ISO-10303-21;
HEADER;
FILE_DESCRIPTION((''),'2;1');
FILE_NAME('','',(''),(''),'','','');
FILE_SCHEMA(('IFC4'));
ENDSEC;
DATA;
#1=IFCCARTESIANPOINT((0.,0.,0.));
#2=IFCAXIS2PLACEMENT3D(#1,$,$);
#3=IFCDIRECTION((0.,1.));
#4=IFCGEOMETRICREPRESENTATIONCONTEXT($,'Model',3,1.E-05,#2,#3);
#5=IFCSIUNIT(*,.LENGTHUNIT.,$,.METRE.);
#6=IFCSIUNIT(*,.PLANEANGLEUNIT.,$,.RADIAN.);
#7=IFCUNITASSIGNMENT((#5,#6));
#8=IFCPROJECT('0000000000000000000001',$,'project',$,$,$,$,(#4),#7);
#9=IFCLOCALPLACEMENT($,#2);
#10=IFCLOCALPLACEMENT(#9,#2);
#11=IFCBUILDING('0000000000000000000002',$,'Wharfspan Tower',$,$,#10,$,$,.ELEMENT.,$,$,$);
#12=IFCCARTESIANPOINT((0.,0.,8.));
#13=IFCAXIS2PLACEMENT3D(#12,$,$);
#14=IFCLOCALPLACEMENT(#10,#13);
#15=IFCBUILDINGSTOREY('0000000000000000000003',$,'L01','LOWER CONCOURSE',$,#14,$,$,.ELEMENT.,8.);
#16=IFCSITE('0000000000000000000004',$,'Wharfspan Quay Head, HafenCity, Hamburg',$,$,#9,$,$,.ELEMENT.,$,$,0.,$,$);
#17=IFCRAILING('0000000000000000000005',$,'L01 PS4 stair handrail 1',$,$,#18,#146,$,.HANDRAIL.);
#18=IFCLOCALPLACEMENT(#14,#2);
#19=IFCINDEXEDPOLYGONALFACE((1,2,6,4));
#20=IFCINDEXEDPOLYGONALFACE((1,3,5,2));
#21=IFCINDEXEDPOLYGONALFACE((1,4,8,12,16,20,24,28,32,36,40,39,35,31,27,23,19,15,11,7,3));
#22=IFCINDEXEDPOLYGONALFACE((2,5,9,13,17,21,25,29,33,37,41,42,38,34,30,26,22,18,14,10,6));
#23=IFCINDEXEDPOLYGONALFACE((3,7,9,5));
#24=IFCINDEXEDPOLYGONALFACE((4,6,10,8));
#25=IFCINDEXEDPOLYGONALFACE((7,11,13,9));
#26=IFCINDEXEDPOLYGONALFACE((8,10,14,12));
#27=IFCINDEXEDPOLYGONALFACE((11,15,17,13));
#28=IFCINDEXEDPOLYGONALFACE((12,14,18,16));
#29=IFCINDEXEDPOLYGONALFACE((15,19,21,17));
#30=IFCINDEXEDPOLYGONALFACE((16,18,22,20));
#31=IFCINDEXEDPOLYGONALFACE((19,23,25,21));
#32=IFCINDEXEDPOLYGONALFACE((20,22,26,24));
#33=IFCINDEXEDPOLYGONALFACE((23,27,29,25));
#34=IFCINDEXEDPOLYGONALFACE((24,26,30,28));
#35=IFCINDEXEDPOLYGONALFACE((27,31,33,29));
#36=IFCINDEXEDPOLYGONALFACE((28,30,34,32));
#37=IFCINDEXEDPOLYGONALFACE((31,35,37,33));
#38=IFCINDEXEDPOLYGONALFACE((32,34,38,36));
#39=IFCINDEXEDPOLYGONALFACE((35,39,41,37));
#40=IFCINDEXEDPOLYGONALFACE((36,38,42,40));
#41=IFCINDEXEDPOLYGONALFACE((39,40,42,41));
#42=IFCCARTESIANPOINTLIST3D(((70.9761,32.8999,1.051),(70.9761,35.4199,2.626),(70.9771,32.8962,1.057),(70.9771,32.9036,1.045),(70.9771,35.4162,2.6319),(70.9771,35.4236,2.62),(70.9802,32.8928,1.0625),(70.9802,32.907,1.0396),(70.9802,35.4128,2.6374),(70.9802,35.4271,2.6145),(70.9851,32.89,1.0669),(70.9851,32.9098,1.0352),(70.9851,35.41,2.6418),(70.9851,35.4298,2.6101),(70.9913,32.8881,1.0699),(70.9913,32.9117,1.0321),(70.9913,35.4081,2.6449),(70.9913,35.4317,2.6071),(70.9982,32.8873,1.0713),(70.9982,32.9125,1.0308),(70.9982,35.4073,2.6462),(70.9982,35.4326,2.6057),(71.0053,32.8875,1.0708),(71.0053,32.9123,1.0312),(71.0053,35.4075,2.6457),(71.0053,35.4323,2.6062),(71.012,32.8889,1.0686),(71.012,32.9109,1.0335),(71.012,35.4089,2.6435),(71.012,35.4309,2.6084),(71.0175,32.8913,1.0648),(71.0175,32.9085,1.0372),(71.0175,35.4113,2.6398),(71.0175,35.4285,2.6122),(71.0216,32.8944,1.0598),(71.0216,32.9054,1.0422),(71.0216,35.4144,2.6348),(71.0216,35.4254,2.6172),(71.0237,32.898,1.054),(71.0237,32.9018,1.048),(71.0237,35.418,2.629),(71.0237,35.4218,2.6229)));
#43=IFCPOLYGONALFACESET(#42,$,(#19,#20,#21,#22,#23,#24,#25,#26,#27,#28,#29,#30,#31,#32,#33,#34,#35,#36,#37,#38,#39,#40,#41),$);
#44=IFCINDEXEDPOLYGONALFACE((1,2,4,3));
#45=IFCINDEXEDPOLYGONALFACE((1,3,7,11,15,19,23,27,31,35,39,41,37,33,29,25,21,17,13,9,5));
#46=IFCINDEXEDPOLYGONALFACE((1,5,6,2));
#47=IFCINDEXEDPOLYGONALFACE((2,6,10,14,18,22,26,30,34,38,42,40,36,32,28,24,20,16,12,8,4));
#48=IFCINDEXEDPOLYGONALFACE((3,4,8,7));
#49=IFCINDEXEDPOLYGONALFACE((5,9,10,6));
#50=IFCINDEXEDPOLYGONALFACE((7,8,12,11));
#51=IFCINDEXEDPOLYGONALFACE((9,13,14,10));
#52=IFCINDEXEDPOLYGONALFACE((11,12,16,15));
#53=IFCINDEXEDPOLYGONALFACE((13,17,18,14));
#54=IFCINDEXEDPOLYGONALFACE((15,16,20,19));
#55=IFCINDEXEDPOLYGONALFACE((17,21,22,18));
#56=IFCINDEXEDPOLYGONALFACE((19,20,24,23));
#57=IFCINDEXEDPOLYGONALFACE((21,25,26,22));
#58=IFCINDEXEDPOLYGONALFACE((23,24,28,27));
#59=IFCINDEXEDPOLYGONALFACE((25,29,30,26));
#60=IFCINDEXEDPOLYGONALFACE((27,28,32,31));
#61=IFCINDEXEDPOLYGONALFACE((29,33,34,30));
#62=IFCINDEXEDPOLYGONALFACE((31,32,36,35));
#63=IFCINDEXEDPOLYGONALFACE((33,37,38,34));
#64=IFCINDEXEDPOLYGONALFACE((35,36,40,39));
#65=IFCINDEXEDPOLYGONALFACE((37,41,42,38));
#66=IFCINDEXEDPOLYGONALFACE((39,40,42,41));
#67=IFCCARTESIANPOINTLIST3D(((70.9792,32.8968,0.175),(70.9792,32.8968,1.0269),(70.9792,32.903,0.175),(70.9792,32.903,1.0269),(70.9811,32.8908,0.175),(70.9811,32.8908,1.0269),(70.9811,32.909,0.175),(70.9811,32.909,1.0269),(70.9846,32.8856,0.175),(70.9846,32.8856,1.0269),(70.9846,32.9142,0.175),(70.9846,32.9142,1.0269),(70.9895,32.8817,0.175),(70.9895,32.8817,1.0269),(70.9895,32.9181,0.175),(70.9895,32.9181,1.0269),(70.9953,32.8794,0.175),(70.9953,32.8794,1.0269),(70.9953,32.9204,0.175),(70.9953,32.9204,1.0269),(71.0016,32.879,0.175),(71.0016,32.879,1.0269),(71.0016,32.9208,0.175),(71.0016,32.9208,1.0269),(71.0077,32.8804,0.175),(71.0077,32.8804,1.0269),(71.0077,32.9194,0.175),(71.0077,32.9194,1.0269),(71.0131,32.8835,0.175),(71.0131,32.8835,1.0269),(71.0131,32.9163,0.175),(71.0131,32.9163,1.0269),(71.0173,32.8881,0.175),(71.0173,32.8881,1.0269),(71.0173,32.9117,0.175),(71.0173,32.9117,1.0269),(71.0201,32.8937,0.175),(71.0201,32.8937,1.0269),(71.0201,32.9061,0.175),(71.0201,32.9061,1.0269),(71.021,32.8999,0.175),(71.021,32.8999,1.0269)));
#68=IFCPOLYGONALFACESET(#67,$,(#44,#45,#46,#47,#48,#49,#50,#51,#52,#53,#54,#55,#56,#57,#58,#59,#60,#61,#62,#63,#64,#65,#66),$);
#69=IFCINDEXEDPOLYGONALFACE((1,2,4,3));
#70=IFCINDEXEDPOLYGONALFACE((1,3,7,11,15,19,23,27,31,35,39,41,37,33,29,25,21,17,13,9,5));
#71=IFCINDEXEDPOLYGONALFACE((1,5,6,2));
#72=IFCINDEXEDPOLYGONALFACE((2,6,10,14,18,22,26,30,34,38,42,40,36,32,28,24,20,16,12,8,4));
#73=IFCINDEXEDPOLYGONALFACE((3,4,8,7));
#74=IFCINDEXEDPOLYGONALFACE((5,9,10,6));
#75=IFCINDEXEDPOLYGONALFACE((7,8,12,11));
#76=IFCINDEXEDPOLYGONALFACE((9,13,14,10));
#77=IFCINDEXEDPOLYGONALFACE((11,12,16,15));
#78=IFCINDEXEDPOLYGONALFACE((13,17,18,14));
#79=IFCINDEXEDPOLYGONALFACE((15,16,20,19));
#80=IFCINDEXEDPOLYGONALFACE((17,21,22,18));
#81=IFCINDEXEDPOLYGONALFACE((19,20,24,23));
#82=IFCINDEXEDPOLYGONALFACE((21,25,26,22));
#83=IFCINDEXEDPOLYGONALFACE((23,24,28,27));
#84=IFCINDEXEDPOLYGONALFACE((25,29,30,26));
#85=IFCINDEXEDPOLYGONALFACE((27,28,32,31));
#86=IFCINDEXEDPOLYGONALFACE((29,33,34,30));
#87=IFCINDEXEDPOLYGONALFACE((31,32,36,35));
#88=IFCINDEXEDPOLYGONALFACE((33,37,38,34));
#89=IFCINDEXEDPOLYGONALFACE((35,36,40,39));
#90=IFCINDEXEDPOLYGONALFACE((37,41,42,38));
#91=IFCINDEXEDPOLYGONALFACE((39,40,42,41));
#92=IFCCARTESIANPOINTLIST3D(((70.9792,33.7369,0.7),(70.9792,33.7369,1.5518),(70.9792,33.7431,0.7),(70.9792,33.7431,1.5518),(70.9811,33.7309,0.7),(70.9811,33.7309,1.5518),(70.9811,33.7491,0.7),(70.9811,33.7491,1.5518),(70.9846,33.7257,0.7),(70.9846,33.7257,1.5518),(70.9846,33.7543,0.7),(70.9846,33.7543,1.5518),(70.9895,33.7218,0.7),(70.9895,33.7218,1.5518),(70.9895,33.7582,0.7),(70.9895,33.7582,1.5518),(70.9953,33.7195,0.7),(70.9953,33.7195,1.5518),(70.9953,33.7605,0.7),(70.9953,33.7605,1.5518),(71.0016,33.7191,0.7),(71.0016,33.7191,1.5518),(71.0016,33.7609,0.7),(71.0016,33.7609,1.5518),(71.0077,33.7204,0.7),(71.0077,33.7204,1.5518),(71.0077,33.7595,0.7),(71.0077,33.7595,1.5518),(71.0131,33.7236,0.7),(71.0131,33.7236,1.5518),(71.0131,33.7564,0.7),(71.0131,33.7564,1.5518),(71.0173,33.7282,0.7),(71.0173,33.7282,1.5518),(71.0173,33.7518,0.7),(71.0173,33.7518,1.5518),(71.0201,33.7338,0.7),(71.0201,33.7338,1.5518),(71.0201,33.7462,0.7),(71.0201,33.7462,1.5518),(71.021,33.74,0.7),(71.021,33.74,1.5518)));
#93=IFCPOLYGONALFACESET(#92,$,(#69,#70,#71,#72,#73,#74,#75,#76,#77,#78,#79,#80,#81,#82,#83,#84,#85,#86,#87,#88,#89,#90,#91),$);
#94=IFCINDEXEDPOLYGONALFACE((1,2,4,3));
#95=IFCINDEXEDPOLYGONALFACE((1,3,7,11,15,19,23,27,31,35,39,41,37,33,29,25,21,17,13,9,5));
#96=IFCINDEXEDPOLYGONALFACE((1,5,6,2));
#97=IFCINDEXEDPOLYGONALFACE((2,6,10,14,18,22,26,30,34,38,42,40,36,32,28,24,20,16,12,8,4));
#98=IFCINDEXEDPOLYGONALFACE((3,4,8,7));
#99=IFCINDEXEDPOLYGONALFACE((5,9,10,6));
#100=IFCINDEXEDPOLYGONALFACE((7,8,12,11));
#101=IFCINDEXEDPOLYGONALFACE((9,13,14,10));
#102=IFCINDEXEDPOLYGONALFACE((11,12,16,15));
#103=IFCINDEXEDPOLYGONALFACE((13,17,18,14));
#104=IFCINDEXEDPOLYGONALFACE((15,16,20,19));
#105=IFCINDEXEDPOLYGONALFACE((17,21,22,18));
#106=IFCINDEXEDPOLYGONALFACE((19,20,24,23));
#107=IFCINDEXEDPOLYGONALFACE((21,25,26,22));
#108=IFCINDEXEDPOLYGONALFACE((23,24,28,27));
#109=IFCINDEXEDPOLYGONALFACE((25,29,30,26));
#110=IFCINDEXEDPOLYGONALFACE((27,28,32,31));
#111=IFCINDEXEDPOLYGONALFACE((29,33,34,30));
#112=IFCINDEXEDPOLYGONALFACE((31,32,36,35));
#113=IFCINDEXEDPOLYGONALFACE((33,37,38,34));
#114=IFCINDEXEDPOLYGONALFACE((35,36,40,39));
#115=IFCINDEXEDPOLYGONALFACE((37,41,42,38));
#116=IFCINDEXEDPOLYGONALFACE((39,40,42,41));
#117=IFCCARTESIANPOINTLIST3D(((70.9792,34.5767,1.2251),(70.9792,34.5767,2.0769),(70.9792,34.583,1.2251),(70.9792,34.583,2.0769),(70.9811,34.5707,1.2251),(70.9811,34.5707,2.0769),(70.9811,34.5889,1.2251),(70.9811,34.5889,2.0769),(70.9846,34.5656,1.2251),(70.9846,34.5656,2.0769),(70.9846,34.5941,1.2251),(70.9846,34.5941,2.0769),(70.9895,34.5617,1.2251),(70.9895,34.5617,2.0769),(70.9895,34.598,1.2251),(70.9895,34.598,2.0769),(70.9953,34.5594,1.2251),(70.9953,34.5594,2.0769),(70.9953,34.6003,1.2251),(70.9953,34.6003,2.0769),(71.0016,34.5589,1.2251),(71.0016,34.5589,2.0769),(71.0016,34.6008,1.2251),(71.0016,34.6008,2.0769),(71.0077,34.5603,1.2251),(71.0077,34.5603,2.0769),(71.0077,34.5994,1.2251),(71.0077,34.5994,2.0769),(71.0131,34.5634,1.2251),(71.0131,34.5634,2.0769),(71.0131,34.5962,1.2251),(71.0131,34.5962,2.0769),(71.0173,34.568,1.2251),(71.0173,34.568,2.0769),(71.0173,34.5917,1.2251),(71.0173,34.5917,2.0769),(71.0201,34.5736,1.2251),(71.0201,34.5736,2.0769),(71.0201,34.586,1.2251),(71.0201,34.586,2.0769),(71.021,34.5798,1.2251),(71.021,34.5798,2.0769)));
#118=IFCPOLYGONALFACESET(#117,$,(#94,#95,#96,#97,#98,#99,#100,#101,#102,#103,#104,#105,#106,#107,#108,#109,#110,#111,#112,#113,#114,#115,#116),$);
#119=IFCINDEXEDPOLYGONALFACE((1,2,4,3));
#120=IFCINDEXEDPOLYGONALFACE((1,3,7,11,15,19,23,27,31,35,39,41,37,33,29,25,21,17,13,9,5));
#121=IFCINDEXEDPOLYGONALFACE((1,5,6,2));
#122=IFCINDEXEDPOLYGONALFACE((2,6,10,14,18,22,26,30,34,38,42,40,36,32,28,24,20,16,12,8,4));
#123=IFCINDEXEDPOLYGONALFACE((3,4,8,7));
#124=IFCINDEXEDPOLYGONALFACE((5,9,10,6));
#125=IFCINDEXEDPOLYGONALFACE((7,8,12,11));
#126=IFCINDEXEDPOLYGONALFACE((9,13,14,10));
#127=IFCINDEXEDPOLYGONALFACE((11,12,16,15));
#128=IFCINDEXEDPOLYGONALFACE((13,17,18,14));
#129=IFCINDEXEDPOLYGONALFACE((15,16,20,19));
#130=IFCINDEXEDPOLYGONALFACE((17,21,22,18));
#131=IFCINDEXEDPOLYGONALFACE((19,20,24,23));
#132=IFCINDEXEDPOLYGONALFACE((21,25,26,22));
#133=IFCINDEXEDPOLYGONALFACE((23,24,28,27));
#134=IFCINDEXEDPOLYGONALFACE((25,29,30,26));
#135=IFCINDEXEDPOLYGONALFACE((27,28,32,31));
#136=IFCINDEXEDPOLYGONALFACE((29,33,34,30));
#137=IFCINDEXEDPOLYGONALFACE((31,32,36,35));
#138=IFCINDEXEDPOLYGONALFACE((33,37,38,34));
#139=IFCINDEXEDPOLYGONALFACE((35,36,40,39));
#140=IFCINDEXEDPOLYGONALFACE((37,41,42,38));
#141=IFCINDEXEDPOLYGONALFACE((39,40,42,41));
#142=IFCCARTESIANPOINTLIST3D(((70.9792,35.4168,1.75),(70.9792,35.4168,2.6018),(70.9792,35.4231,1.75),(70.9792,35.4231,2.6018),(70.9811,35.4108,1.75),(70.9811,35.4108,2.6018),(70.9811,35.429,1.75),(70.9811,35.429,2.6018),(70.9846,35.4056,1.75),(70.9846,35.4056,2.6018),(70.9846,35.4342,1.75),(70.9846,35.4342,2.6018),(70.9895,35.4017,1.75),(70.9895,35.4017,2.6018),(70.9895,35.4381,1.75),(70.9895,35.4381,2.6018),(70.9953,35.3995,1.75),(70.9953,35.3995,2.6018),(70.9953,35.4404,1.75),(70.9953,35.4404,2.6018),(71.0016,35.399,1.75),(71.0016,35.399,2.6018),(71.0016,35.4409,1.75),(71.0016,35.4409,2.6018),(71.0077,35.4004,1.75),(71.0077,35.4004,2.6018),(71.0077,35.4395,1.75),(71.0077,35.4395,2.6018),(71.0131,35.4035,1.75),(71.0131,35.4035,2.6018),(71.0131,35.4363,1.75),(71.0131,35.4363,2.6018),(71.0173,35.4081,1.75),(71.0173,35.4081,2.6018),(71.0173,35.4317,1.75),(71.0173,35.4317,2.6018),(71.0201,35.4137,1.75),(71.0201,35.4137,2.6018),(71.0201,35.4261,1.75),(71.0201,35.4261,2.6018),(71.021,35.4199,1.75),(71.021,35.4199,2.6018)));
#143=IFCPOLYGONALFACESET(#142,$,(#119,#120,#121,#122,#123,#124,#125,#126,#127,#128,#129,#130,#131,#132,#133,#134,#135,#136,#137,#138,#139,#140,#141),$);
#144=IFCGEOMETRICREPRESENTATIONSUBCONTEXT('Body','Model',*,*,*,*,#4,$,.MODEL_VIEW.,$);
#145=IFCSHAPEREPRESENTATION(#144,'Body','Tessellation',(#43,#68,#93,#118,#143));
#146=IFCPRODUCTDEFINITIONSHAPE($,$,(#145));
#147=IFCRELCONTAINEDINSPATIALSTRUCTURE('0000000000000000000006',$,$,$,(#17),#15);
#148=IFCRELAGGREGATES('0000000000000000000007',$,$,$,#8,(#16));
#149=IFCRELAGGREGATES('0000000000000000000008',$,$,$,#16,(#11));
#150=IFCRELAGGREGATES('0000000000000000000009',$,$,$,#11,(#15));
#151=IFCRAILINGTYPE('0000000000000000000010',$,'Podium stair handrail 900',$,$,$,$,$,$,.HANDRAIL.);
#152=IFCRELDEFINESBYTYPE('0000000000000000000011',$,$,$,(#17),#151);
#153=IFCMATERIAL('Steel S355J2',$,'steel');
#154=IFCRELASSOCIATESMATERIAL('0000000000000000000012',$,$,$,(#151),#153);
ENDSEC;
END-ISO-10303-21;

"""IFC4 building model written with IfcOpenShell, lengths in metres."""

from ifc_helpers import new_model, si_unit, direction, frame, origin, origin_2d, place, context, subcontext, project, spatial, circle, extrude, material, type_object, element, save


model = new_model("IFC4")

# Units and contexts
model_context = context("Model", 3, precision=1e-05, world=origin(), true_north=direction((0.0, 1.0)))
body_context = subcontext(model_context, "Body", "Model", "MODEL_VIEW")
ifc_project = project(units=[si_unit("LENGTHUNIT", "METRE"), si_unit("PLANEANGLEUNIT", "RADIAN")], contexts=[model_context])

# Site, building, storey
site_placement = place(None, origin())
site = spatial("IfcSite", under=ifc_project, at=site_placement, Name="Wharfspan Quay Head, HafenCity, Hamburg", CompositionType="ELEMENT", RefElevation=0.0)
building_placement = place(site_placement, origin())
building = spatial("IfcBuilding", under=site, at=building_placement, Name="Wharfspan Tower", CompositionType="ELEMENT")
storey_placement = place(building_placement, frame((0.0, 0.0, 8.0)))
storey = spatial("IfcBuildingStorey", under=building, at=storey_placement, Name="L01", Description="LOWER CONCOURSE", CompositionType="ELEMENT", Elevation=8.0)

# Railing
ifc_material_1 = material(Name="Steel S355J2", Category="steel")
railing_type_1 = type_object("IfcRailingType", Name="Podium stair handrail 900", PredefinedType="HANDRAIL", material=ifc_material_1)
railing_1_placement = place(storey_placement, frame((71.0, 32.8999, 0.175)))
element("IfcRailing", 1, at=railing_1_placement, inside=storey, type_object=railing_type_1, Name="L01 PS4 stair handrail 1", PredefinedType="HANDRAIL", context=body_context, shape_type="SweptSolid", body=[
    extrude(circle(Radius=0.0239, at=origin_2d()), frame((0.0, 0.0, 0.876), z_axis=(0.0, 0.848008, 0.529984), x_axis=(-1.0, 0.0, 0.0)), (0.0, 0.0, 1.0), 2.9717),
    extrude(circle(Radius=0.021, at=origin_2d()), origin(), (0.0, 0.0, 1.0), 0.8518),
    extrude(circle(Radius=0.021, at=origin_2d()), frame((0.0, 0.8401, 0.5249)), (0.0, 0.0, 1.0), 0.8518),
    extrude(circle(Radius=0.021, at=origin_2d()), frame((0.0, 1.6799, 1.05)), (0.0, 0.0, 1.0), 0.8518),
    extrude(circle(Radius=0.021, at=origin_2d()), frame((0.0, 2.52, 1.575)), (0.0, 0.0, 1.0), 0.8518),
])

save(model, "model.ifc")
